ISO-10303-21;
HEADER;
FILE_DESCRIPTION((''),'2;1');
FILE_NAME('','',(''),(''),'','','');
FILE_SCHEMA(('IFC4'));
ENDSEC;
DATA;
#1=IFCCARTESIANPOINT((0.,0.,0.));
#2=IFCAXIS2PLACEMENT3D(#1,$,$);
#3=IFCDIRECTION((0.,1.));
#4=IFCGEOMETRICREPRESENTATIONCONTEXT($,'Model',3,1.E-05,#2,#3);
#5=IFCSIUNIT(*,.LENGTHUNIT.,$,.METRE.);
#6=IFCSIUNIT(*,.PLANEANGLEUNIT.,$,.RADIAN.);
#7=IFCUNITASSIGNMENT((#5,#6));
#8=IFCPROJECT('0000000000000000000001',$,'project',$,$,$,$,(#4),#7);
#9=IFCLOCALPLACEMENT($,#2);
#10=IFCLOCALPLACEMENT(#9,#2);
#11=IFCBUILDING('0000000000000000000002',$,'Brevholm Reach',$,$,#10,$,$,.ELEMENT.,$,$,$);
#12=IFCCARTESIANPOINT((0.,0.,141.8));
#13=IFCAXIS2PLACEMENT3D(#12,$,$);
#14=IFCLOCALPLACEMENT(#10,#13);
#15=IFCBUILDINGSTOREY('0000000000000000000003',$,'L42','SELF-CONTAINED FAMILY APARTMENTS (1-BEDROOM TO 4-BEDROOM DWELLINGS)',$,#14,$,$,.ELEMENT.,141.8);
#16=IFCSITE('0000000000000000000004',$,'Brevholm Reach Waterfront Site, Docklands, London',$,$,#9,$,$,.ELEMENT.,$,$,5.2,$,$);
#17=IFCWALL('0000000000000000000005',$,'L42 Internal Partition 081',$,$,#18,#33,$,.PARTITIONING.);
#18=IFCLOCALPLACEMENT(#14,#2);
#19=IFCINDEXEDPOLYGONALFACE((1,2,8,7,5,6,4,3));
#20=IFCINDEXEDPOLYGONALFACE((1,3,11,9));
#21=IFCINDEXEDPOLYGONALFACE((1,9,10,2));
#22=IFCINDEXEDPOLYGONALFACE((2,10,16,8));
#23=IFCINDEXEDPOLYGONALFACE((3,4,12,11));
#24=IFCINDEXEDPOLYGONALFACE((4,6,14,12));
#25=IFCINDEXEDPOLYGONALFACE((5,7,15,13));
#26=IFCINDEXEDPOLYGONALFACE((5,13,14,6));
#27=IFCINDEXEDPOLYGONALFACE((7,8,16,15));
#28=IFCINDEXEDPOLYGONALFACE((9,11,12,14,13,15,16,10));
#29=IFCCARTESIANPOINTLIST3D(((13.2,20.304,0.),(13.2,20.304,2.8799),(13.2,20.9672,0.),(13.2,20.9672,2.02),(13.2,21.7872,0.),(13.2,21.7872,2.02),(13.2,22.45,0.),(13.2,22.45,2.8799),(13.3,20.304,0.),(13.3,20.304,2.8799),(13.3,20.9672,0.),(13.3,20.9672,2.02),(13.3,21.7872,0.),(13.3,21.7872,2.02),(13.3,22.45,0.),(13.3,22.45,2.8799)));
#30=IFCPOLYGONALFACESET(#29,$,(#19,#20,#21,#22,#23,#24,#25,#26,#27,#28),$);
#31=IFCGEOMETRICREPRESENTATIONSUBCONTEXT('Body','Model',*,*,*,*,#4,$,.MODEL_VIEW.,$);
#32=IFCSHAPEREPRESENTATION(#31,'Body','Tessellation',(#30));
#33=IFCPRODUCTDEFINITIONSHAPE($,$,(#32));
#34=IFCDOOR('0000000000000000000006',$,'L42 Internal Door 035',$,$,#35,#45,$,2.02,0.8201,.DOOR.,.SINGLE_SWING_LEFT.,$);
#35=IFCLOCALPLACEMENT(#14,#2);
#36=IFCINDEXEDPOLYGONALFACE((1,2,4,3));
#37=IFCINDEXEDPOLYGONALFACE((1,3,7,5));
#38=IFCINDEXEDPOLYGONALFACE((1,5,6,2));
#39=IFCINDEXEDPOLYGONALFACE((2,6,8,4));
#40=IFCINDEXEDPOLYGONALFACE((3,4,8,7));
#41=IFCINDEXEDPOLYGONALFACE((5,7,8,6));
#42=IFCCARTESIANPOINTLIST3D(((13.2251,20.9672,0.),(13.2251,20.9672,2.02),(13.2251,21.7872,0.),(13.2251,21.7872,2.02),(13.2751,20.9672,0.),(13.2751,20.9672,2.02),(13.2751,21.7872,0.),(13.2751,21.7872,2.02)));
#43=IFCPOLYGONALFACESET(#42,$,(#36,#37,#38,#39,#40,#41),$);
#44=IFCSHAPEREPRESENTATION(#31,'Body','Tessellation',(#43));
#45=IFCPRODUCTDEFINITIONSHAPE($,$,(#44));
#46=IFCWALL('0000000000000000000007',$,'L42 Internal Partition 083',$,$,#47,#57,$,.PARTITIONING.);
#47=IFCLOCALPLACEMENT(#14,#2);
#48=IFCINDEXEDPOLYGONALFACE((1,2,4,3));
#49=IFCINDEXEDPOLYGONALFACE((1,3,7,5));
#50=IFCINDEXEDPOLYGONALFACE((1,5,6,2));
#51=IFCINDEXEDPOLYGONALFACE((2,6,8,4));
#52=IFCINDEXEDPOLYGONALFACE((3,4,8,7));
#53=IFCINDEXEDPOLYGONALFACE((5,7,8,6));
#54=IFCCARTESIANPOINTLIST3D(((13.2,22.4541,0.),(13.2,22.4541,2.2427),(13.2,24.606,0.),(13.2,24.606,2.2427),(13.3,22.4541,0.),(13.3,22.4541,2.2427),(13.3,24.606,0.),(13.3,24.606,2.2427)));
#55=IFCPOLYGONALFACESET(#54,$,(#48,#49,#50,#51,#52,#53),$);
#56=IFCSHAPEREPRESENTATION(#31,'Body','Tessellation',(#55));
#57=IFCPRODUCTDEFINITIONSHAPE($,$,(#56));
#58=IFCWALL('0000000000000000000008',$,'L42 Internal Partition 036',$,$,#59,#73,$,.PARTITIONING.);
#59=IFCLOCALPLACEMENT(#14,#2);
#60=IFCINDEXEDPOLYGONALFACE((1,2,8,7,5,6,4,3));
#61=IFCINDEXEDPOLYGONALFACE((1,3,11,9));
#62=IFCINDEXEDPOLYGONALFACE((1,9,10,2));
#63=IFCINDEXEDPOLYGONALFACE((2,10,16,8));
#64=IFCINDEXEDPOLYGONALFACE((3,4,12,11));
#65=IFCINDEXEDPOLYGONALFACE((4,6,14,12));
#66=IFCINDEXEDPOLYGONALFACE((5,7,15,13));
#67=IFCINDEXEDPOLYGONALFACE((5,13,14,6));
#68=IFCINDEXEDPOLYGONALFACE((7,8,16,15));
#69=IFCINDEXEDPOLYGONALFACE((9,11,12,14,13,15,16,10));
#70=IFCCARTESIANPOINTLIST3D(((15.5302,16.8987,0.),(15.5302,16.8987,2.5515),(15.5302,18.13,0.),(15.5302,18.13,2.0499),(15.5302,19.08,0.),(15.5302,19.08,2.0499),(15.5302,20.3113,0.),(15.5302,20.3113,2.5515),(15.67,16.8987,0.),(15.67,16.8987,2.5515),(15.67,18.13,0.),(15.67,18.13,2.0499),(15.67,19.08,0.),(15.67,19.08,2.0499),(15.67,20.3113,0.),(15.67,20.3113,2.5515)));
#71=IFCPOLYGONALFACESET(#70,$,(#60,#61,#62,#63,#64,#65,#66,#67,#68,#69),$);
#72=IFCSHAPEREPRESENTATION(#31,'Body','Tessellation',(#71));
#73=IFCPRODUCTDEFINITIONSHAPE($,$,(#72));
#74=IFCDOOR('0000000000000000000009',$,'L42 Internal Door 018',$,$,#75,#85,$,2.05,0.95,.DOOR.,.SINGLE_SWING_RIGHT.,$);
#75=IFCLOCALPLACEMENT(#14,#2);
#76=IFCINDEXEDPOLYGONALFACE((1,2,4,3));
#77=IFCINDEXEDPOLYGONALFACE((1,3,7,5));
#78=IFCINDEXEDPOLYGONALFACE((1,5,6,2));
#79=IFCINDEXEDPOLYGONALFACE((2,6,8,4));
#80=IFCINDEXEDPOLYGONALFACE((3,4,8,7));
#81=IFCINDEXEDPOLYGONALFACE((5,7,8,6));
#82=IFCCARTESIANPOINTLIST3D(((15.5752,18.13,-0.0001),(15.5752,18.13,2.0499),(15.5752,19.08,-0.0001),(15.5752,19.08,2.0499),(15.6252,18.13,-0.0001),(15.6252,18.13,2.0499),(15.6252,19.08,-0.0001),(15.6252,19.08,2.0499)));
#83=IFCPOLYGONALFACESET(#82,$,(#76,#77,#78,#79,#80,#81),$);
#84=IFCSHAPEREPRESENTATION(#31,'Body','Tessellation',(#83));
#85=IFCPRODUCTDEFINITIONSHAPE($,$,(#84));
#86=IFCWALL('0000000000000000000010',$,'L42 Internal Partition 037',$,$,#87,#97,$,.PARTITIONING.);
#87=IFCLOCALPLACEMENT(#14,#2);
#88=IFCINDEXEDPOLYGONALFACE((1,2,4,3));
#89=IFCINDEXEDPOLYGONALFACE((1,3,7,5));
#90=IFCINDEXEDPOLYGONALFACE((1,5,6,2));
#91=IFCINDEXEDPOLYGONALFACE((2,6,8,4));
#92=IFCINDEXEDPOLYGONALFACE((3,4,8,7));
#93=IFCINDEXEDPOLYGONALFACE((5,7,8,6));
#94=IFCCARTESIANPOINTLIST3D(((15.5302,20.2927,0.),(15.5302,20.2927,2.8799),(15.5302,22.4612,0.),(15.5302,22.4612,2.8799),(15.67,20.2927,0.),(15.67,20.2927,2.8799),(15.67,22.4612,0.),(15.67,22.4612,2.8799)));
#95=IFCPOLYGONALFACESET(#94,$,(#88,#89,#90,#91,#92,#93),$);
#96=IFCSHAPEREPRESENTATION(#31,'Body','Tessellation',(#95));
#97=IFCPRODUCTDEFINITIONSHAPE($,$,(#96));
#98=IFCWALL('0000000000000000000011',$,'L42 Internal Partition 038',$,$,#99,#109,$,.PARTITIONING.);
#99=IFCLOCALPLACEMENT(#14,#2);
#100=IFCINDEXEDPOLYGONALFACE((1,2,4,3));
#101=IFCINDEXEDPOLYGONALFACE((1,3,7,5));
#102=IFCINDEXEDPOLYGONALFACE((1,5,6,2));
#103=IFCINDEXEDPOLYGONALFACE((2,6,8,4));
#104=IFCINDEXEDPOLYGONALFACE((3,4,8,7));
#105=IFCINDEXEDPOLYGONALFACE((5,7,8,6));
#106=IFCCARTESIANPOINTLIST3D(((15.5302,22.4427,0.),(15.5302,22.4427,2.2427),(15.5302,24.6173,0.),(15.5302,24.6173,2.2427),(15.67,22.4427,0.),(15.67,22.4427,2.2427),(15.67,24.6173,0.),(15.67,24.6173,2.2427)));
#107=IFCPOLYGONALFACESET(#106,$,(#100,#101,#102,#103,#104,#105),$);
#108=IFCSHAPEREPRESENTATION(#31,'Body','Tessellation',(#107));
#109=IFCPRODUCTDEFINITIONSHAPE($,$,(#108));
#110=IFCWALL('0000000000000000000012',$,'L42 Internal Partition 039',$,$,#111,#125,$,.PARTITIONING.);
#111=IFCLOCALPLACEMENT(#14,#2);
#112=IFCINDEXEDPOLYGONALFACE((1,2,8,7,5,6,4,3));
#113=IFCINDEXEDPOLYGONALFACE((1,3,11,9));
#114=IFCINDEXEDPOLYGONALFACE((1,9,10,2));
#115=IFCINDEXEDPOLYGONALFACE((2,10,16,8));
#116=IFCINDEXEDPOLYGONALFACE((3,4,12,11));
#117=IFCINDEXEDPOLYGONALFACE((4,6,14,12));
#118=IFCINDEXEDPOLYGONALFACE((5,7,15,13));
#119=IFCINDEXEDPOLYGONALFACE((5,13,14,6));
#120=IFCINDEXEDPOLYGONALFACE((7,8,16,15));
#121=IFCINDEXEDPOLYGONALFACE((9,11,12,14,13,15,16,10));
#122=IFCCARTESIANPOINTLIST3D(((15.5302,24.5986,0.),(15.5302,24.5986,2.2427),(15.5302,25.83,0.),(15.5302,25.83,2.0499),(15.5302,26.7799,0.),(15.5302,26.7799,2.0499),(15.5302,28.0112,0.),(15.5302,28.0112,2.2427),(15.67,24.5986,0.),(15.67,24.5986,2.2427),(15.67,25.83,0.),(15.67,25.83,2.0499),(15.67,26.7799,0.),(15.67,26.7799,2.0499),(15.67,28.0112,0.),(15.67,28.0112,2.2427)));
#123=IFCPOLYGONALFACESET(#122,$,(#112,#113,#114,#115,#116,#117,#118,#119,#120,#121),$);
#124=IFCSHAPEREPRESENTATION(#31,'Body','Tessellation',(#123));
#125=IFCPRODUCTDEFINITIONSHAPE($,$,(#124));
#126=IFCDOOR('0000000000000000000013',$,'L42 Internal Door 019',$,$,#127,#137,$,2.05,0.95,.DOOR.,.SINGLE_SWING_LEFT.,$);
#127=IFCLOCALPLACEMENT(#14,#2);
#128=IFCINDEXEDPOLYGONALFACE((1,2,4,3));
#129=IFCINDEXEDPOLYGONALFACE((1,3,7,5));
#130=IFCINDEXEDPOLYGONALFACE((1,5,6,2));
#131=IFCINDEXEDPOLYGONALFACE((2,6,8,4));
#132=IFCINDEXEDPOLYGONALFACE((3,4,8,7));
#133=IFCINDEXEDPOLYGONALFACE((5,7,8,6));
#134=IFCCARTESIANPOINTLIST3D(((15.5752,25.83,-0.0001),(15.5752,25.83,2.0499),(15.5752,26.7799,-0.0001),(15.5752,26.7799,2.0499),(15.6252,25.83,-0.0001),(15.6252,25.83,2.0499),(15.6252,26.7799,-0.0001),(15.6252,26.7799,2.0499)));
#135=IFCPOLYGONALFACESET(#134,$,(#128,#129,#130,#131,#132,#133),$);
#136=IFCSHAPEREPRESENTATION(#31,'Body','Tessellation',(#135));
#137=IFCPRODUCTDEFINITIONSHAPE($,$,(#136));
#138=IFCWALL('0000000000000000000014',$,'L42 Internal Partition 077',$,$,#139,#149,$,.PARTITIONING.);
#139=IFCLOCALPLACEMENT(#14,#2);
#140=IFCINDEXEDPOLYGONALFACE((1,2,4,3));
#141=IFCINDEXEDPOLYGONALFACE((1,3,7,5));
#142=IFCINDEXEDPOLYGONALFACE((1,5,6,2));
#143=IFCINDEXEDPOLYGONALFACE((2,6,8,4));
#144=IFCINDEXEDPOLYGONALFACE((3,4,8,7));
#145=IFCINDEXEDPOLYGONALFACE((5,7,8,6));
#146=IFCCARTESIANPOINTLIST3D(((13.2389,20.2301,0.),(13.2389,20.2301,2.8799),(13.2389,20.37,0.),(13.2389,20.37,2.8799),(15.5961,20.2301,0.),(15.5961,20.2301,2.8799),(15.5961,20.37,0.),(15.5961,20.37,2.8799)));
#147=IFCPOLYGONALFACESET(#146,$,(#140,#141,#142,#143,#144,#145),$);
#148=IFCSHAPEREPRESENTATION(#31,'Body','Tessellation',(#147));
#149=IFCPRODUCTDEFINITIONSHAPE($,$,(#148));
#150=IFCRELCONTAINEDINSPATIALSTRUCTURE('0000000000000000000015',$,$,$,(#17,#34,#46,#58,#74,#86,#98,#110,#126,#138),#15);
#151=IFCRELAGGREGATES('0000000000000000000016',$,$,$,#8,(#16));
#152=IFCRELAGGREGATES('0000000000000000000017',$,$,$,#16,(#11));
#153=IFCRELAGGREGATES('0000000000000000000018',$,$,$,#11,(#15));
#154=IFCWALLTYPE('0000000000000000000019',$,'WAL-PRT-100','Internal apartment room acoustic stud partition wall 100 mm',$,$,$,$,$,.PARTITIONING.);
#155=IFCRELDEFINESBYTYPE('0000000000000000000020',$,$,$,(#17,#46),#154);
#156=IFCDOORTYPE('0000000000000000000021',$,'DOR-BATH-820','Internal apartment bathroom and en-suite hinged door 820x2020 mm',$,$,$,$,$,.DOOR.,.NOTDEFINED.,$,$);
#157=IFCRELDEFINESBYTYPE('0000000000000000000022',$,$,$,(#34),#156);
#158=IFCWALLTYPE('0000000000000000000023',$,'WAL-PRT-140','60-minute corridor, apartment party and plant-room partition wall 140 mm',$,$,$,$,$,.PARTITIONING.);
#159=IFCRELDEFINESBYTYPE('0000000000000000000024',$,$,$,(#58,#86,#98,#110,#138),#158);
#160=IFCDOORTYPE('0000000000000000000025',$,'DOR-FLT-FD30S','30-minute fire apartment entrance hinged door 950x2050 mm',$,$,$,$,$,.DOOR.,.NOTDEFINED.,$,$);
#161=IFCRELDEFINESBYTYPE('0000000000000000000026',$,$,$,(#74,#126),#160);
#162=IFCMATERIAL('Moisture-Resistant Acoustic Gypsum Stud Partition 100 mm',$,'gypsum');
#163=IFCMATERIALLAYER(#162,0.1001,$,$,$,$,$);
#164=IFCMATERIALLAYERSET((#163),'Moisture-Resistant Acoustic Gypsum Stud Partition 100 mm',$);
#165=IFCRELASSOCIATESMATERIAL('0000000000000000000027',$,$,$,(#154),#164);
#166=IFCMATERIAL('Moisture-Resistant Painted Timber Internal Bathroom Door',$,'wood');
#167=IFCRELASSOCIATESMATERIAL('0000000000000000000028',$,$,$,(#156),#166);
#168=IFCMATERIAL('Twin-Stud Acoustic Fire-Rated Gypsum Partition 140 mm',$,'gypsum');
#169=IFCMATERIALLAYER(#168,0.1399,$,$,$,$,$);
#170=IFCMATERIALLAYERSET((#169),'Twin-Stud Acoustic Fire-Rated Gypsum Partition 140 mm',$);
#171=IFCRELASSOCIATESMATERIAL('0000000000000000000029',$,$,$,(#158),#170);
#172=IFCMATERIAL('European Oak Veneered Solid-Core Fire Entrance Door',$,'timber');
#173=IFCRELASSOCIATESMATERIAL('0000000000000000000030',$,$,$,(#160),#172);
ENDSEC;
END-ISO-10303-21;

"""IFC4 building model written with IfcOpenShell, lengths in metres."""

from ifc_helpers import new_model, si_unit, direction, frame, frame_2d, origin, place, context, subcontext, project, spatial, rectangle, extrude, material, layer, layer_set, type_object, element, fill, save


model = new_model("IFC4")

# Units and contexts
model_context = context("Model", 3, precision=1e-05, world=origin(), true_north=direction((0.0, 1.0)))
body_context = subcontext(model_context, "Body", "Model", "MODEL_VIEW")
ifc_project = project(units=[si_unit("LENGTHUNIT", "METRE"), si_unit("PLANEANGLEUNIT", "RADIAN")], contexts=[model_context])

# Site, building, storey
site_placement = place(None, origin())
site = spatial("IfcSite", under=ifc_project, at=site_placement, Name="Brevholm Reach Waterfront Site, Docklands, London", CompositionType="ELEMENT", RefElevation=5.2)
building_placement = place(site_placement, origin())
building = spatial("IfcBuilding", under=site, at=building_placement, Name="Brevholm Reach", CompositionType="ELEMENT")
storey_placement = place(building_placement, frame((0.0, 0.0, 141.8)))
storey = spatial("IfcBuildingStorey", under=building, at=storey_placement, Name="L42", Description="SELF-CONTAINED FAMILY APARTMENTS (1-BEDROOM TO 4-BEDROOM DWELLINGS)", CompositionType="ELEMENT", Elevation=141.8)

# Shared definitions
ifc_material_1 = material(Name="Moisture-Resistant Acoustic Gypsum Stud Partition 100 mm", Category="gypsum")
ifc_layer_1 = layer(ifc_material_1, 0.1001)
ifc_layer_set_1 = layer_set([ifc_layer_1], Name="Moisture-Resistant Acoustic Gypsum Stud Partition 100 mm")
wall_type_1 = type_object("IfcWallType", Name="WAL-PRT-100", Description="Internal apartment room acoustic stud partition wall 100 mm", PredefinedType="PARTITIONING", material=ifc_layer_set_1)

# Wall, opening, door
wall_1_placement = place(storey_placement, frame((13.25, 20.304, 0.0), z_axis=(0.0, 0.0, 1.0), x_axis=(0.0, 1.0, 0.0)))
wall_1 = element("IfcWall", 1, at=wall_1_placement, inside=storey, type_object=wall_type_1, Name="L42 Internal Partition 081", PredefinedType="PARTITIONING", context=body_context, shape_type="SweptSolid", body=[
    extrude(rectangle(XDim=2.146, YDim=0.1001, at=frame_2d((1.073, 0.0))), origin(), (0.0, 0.0, 1.0), 2.8799),
])
opening_1_placement = place(wall_1_placement, frame((0.6631, 0.0, 0.0)))
opening_1 = element("IfcOpeningElement", 2, at=opening_1_placement, cuts=wall_1, PredefinedType="OPENING", context=body_context, shape_type="SweptSolid", body=[
    extrude(rectangle(XDim=0.8201, YDim=2.02, at=frame_2d((0.4102, 1.01))), frame((0.0, 0.0601, 0.0), z_axis=(0.0, -1.0, 0.0), x_axis=(1.0, 0.0, 0.0)), (0.0, 0.0, 1.0), 0.1201),
])
ifc_material_2 = material(Name="Moisture-Resistant Painted Timber Internal Bathroom Door", Category="wood")
door_type_1 = type_object("IfcDoorType", Name="DOR-BATH-820", Description="Internal apartment bathroom and en-suite hinged door 820x2020 mm", OperationType="NOTDEFINED", PredefinedType="DOOR", material=ifc_material_2)
door_1_placement = place(opening_1_placement, origin())
door_1 = element("IfcDoor", 3, at=door_1_placement, inside=storey, type_object=door_type_1, Name="L42 Internal Door 035", OperationType="SINGLE_SWING_LEFT", OverallHeight=2.02, OverallWidth=0.8201, PredefinedType="DOOR", context=body_context, shape_type="SweptSolid", body=[
    extrude(rectangle(XDim=0.8201, YDim=2.02, at=frame_2d((0.4102, 1.01))), frame((0.0, 0.0249, 0.0), z_axis=(0.0, -1.0, 0.0), x_axis=(1.0, 0.0, 0.0)), (0.0, 0.0, 1.0), 0.05),
])
fill(opening_1, door_1)

# Wall
wall_2_placement = place(storey_placement, frame((13.25, 22.4541, 0.0), z_axis=(0.0, 0.0, 1.0), x_axis=(0.0, 1.0, 0.0)))
element("IfcWall", 4, at=wall_2_placement, inside=storey, type_object=wall_type_1, Name="L42 Internal Partition 083", PredefinedType="PARTITIONING", context=body_context, shape_type="SweptSolid", body=[
    extrude(rectangle(XDim=2.1519, YDim=0.1001, at=frame_2d((1.0759, 0.0))), origin(), (0.0, 0.0, 1.0), 2.2427),
])

# Wall, opening, door
ifc_material_3 = material(Name="Twin-Stud Acoustic Fire-Rated Gypsum Partition 140 mm", Category="gypsum")
ifc_layer_2 = layer(ifc_material_3, 0.1399)
ifc_layer_set_2 = layer_set([ifc_layer_2], Name="Twin-Stud Acoustic Fire-Rated Gypsum Partition 140 mm")
wall_type_2 = type_object("IfcWallType", Name="WAL-PRT-140", Description="60-minute corridor, apartment party and plant-room partition wall 140 mm", PredefinedType="PARTITIONING", material=ifc_layer_set_2)
wall_3_placement = place(storey_placement, frame((15.6001, 16.8987, 0.0), z_axis=(0.0, 0.0, 1.0), x_axis=(0.0, 1.0, 0.0)))
wall_3 = element("IfcWall", 5, at=wall_3_placement, inside=storey, type_object=wall_type_2, Name="L42 Internal Partition 036", PredefinedType="PARTITIONING", context=body_context, shape_type="SweptSolid", body=[
    extrude(rectangle(XDim=3.4126, YDim=0.1399, at=frame_2d((1.7063, 0.0))), origin(), (0.0, 0.0, 1.0), 2.5515),
])
opening_2_placement = place(wall_3_placement, frame((1.2312, 0.0, 0.0)))
opening_2 = element("IfcOpeningElement", 6, at=opening_2_placement, cuts=wall_3, PredefinedType="OPENING", context=body_context, shape_type="SweptSolid", body=[
    extrude(rectangle(XDim=0.95, YDim=2.05, at=frame_2d((0.4751, 1.0249))), frame((0.0, 0.0798, 0.0), z_axis=(0.0, -1.0, 0.0), x_axis=(1.0, 0.0, 0.0)), (0.0, 0.0, 1.0), 0.1599),
])
ifc_material_4 = material(Name="European Oak Veneered Solid-Core Fire Entrance Door", Category="timber")
door_type_2 = type_object("IfcDoorType", Name="DOR-FLT-FD30S", Description="30-minute fire apartment entrance hinged door 950x2050 mm", OperationType="NOTDEFINED", PredefinedType="DOOR", material=ifc_material_4)
door_2_placement = place(opening_2_placement, origin())
door_2 = element("IfcDoor", 7, at=door_2_placement, inside=storey, type_object=door_type_2, Name="L42 Internal Door 018", OperationType="SINGLE_SWING_RIGHT", OverallHeight=2.05, OverallWidth=0.95, PredefinedType="DOOR", context=body_context, shape_type="SweptSolid", body=[
    extrude(rectangle(XDim=0.95, YDim=2.05, at=frame_2d((0.4751, 1.0249))), frame((0.0, 0.0249, 0.0), z_axis=(0.0, -1.0, 0.0), x_axis=(1.0, 0.0, 0.0)), (0.0, 0.0, 1.0), 0.05),
])
fill(opening_2, door_2)

# Walls
wall_4_placement = place(storey_placement, frame((15.6001, 20.2927, 0.0), z_axis=(0.0, 0.0, 1.0), x_axis=(0.0, 1.0, 0.0)))
element("IfcWall", 8, at=wall_4_placement, inside=storey, type_object=wall_type_2, Name="L42 Internal Partition 037", PredefinedType="PARTITIONING", context=body_context, shape_type="SweptSolid", body=[
    extrude(rectangle(XDim=2.1685, YDim=0.1399, at=frame_2d((1.0842, 0.0))), origin(), (0.0, 0.0, 1.0), 2.8799),
])
wall_5_placement = place(storey_placement, frame((15.6001, 22.4426, 0.0), z_axis=(0.0, 0.0, 1.0), x_axis=(0.0, 1.0, 0.0)))
element("IfcWall", 9, at=wall_5_placement, inside=storey, type_object=wall_type_2, Name="L42 Internal Partition 038", PredefinedType="PARTITIONING", context=body_context, shape_type="SweptSolid", body=[
    extrude(rectangle(XDim=2.1746, YDim=0.1399, at=frame_2d((1.0874, 0.0))), origin(), (0.0, 0.0, 1.0), 2.2427),
])

# Wall, opening, door
wall_6_placement = place(storey_placement, frame((15.6001, 24.5986, 0.0), z_axis=(0.0, 0.0, 1.0), x_axis=(0.0, 1.0, 0.0)))
wall_6 = element("IfcWall", 10, at=wall_6_placement, inside=storey, type_object=wall_type_2, Name="L42 Internal Partition 039", PredefinedType="PARTITIONING", context=body_context, shape_type="SweptSolid", body=[
    extrude(rectangle(XDim=3.4126, YDim=0.1399, at=frame_2d((1.7063, 0.0))), origin(), (0.0, 0.0, 1.0), 2.2427),
])
opening_3_placement = place(wall_6_placement, frame((1.2312, 0.0, 0.0)))
opening_3 = element("IfcOpeningElement", 11, at=opening_3_placement, cuts=wall_6, PredefinedType="OPENING", context=body_context, shape_type="SweptSolid", body=[
    extrude(rectangle(XDim=0.95, YDim=2.05, at=frame_2d((0.4751, 1.0249))), frame((0.0, 0.0798, 0.0), z_axis=(0.0, -1.0, 0.0), x_axis=(1.0, 0.0, 0.0)), (0.0, 0.0, 1.0), 0.1599),
])
door_3_placement = place(opening_3_placement, origin())
door_3 = element("IfcDoor", 12, at=door_3_placement, inside=storey, type_object=door_type_2, Name="L42 Internal Door 019", OperationType="SINGLE_SWING_LEFT", OverallHeight=2.05, OverallWidth=0.95, PredefinedType="DOOR", context=body_context, shape_type="SweptSolid", body=[
    extrude(rectangle(XDim=0.95, YDim=2.05, at=frame_2d((0.4751, 1.0249))), frame((0.0, 0.0249, 0.0), z_axis=(0.0, -1.0, 0.0), x_axis=(1.0, 0.0, 0.0)), (0.0, 0.0, 1.0), 0.05),
])
fill(opening_3, door_3)

# Wall
wall_7_placement = place(storey_placement, frame((13.2388, 20.3, 0.0), z_axis=(0.0, 0.0, 1.0), x_axis=(1.0, 0.0, 0.0)))
element("IfcWall", 13, at=wall_7_placement, inside=storey, type_object=wall_type_2, Name="L42 Internal Partition 077", PredefinedType="PARTITIONING", context=body_context, shape_type="SweptSolid", body=[
    extrude(rectangle(XDim=2.3572, YDim=0.1399, at=frame_2d((1.1787, 0.0))), origin(), (0.0, 0.0, 1.0), 2.8799),
])

save(model, "model.ifc")
